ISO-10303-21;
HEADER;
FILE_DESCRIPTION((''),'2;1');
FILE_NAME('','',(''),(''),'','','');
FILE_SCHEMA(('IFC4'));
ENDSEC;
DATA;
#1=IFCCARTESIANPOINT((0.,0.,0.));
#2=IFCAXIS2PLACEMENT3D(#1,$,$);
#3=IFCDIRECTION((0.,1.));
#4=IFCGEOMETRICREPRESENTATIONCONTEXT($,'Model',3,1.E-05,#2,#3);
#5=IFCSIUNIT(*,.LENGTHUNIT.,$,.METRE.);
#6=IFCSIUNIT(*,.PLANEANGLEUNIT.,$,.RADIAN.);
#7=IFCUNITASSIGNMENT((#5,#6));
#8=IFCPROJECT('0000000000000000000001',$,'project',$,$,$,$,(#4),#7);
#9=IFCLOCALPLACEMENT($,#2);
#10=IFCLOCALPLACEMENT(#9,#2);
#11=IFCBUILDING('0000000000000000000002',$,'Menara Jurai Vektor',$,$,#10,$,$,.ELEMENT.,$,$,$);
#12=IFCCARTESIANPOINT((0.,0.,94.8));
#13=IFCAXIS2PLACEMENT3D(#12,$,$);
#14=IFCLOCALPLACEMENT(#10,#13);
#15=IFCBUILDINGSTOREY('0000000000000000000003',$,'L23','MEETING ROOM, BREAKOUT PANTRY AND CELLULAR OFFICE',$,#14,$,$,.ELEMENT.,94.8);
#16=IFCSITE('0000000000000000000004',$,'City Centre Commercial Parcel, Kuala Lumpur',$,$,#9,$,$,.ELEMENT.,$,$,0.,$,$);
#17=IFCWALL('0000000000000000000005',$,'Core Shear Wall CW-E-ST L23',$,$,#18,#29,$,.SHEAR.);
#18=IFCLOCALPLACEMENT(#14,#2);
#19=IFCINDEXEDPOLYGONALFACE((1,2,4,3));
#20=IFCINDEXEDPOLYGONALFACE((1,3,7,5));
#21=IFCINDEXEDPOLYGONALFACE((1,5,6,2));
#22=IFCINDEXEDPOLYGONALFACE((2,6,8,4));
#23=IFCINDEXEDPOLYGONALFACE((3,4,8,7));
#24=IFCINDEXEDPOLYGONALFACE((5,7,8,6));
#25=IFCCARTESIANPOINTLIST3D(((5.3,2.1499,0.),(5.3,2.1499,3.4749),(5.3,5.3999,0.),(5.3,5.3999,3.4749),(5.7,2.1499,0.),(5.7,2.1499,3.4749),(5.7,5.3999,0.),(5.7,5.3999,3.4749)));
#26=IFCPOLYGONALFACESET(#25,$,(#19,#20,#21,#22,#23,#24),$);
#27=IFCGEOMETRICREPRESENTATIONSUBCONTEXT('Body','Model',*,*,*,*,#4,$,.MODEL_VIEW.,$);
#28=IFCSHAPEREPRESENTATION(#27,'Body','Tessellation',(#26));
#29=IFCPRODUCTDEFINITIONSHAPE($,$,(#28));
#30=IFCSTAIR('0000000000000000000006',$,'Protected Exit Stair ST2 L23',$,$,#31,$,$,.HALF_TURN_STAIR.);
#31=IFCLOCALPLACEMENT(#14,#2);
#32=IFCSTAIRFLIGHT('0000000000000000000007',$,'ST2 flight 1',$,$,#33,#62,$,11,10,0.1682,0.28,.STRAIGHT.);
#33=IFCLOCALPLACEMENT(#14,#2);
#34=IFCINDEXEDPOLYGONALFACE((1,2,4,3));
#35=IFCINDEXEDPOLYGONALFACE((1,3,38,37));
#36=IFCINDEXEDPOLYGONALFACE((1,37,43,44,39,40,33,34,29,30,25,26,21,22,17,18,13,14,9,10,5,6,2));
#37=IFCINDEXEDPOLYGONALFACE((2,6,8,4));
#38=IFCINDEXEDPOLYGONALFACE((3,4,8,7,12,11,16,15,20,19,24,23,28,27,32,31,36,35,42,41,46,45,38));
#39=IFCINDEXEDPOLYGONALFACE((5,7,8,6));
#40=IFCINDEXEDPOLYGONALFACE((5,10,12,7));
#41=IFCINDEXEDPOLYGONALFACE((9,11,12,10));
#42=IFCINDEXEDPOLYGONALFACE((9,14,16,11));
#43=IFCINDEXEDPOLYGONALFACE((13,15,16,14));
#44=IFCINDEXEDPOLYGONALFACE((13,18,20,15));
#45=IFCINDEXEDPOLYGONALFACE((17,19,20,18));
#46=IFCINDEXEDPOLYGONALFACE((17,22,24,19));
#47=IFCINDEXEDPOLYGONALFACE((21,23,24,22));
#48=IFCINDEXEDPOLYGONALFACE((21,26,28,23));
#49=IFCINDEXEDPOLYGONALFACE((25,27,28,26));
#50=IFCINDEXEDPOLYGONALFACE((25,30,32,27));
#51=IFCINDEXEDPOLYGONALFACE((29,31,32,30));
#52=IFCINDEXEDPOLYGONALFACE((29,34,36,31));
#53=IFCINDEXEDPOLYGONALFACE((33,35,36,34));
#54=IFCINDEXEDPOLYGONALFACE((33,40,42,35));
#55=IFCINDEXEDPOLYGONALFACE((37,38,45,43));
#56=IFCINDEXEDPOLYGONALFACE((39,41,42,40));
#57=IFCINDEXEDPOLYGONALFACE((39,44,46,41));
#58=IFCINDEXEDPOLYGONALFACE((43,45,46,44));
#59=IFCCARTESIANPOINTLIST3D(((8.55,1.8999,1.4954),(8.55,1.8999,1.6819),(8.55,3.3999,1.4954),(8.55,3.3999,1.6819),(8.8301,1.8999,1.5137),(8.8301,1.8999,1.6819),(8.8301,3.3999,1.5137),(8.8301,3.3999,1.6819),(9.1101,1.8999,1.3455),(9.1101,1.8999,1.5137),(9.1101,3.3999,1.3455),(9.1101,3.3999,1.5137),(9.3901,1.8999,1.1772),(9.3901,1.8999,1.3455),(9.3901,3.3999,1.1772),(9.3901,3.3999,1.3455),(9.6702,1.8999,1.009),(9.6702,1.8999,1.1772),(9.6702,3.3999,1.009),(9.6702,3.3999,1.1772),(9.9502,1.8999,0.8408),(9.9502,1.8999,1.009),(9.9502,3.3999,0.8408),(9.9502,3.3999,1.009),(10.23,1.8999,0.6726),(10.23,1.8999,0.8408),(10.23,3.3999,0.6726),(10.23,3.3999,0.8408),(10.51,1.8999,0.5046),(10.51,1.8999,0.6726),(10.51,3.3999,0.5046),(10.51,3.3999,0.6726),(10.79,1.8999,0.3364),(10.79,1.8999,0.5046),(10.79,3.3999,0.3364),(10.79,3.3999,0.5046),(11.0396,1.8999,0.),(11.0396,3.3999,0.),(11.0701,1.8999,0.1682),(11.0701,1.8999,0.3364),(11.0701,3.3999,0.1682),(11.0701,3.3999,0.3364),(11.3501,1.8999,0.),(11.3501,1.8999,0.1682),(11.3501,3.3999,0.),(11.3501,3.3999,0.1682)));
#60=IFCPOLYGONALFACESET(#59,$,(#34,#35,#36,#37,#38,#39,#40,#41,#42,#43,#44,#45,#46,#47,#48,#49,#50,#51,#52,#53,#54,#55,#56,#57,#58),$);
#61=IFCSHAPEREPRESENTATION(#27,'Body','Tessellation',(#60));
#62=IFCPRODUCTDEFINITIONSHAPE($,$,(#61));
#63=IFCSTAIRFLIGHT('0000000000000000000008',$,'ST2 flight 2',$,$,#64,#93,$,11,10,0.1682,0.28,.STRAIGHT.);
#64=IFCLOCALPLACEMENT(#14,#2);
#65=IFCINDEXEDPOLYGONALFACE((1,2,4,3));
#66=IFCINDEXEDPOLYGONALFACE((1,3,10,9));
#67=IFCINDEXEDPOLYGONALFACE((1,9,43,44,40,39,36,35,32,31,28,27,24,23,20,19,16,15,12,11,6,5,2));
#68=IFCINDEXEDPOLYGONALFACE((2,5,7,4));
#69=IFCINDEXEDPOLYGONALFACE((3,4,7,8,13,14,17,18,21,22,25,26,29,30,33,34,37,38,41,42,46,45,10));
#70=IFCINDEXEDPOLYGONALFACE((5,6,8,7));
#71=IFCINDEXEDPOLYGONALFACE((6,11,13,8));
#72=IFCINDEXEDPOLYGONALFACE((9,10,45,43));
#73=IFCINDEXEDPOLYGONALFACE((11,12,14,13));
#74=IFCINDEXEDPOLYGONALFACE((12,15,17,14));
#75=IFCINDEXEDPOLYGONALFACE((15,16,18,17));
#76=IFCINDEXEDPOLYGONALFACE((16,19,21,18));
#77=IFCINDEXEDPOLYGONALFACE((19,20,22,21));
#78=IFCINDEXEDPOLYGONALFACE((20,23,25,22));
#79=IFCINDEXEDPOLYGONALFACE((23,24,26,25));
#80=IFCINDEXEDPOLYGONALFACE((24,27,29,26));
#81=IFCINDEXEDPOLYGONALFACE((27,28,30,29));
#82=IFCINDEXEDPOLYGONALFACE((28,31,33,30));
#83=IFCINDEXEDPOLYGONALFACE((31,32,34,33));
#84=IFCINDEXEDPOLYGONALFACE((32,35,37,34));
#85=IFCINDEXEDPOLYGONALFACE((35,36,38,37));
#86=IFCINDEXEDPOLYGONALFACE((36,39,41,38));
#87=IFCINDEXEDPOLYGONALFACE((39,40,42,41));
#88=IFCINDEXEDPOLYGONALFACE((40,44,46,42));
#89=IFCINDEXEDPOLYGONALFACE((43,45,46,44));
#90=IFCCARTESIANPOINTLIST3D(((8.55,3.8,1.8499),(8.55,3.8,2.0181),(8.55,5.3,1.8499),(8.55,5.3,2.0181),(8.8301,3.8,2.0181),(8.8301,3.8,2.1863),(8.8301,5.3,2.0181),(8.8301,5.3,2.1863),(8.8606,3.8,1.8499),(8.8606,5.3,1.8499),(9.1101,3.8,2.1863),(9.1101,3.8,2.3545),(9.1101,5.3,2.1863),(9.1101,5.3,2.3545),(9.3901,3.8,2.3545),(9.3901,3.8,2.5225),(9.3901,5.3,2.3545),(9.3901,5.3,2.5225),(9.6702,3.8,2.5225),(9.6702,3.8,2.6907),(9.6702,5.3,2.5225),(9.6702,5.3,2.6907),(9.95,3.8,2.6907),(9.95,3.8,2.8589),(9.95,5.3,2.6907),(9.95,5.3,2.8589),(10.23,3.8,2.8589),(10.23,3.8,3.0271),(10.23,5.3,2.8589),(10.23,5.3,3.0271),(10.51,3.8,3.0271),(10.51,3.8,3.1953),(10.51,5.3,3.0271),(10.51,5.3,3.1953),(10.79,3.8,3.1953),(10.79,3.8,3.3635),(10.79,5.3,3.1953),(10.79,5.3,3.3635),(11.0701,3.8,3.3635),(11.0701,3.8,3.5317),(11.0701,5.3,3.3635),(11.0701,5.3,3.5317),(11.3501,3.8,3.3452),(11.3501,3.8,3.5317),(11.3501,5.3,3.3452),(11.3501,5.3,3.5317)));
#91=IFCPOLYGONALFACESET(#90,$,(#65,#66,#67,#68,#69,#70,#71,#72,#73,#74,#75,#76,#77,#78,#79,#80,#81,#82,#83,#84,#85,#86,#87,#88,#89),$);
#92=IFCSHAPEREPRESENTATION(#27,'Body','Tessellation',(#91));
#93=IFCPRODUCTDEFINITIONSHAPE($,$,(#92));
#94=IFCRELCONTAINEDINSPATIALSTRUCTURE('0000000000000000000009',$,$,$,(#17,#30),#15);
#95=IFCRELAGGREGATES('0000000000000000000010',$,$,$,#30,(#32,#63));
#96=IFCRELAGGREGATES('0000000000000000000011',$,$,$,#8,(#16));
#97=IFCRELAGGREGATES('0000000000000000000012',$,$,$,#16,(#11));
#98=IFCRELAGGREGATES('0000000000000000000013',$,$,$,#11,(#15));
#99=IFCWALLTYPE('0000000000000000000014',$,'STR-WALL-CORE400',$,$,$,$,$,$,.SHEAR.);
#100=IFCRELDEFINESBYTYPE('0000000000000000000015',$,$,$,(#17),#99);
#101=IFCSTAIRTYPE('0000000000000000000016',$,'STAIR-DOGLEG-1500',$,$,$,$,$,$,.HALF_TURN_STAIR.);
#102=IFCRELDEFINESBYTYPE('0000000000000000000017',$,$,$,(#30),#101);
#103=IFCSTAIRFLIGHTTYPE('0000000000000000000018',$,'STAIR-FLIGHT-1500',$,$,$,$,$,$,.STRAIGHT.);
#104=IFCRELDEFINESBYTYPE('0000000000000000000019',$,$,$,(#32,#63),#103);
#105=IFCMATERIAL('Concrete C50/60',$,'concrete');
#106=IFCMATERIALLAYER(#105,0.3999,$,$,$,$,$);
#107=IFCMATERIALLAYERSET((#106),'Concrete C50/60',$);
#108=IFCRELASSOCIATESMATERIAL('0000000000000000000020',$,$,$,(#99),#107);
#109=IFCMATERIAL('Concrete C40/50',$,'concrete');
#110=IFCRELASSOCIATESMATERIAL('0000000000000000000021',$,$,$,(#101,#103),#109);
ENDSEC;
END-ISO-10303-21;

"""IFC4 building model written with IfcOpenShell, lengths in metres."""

from ifc_helpers import new_model, si_unit, direction, frame, frame_2d, origin, place, context, subcontext, project, spatial, polyline, rectangle, outline, extrude, material, layer, layer_set, type_object, element, aggregate, save


model = new_model("IFC4")

# Units and contexts
model_context = context("Model", 3, precision=1e-05, world=origin(), true_north=direction((0.0, 1.0)))
body_context = subcontext(model_context, "Body", "Model", "MODEL_VIEW")
ifc_project = project(units=[si_unit("LENGTHUNIT", "METRE"), si_unit("PLANEANGLEUNIT", "RADIAN")], contexts=[model_context])

# Site, building, storey
site_placement = place(None, origin())
site = spatial("IfcSite", under=ifc_project, at=site_placement, Name="City Centre Commercial Parcel, Kuala Lumpur", CompositionType="ELEMENT", RefElevation=0.0)
building_placement = place(site_placement, origin())
building = spatial("IfcBuilding", under=site, at=building_placement, Name="Menara Jurai Vektor", CompositionType="ELEMENT")
storey_placement = place(building_placement, frame((0.0, 0.0, 94.8)))
storey = spatial("IfcBuildingStorey", under=building, at=storey_placement, Name="L23", Description="MEETING ROOM, BREAKOUT PANTRY AND CELLULAR OFFICE", CompositionType="ELEMENT", Elevation=94.8)

# Shared definitions
ifc_material_1 = material(Name="Concrete C50/60", Category="concrete")

# Shared definitions
ifc_material_2 = material(Name="Concrete C40/50", Category="concrete")

# Wall
ifc_layer_1 = layer(ifc_material_1, 0.3999)
ifc_layer_set_1 = layer_set([ifc_layer_1], Name="Concrete C50/60")
wall_type_1 = type_object("IfcWallType", Name="STR-WALL-CORE400", PredefinedType="SHEAR", material=ifc_layer_set_1)
wall_1_placement = place(storey_placement, frame((5.5, 2.1499, 0.0), z_axis=(0.0, 0.0, 1.0), x_axis=(0.0, 1.0, 0.0)))
element("IfcWall", 1, at=wall_1_placement, inside=storey, type_object=wall_type_1, Name="Core Shear Wall CW-E-ST L23", PredefinedType="SHEAR", context=body_context, shape_type="SweptSolid", body=[
    extrude(rectangle(XDim=3.25, YDim=0.3999, at=frame_2d((1.625, 0.0))), origin(), (0.0, 0.0, 1.0), 3.4749),
])

# Stair, stair flights
stair_type = type_object("IfcStairType", Name="STAIR-DOGLEG-1500", PredefinedType="HALF_TURN_STAIR", material=ifc_material_2)
stair_placement = place(storey_placement, origin())
stair = element("IfcStair", 2, at=stair_placement, inside=storey, type_object=stair_type, Name="Protected Exit Stair ST2 L23", PredefinedType="HALF_TURN_STAIR")
stair_flight_type = type_object("IfcStairFlightType", Name="STAIR-FLIGHT-1500", PredefinedType="STRAIGHT", material=ifc_material_2)
stair_flight_1_placement = place(storey_placement, frame((11.3501, 2.6499, 0.0), z_axis=(0.0, 0.0, 1.0), x_axis=(-1.0, 0.0, 0.0)))
stair_flight_1 = element("IfcStairFlight", 3, at=stair_flight_1_placement, type_object=stair_flight_type, Name="ST2 flight 1", NumberOfRisers=11, NumberOfTreads=10, PredefinedType="STRAIGHT", RiserHeight=0.1682, TreadLength=0.28, context=body_context, shape_type="SweptSolid", body=[
    extrude(outline(polyline([(0.0, 0.0), (0.0, 0.1682), (0.28, 0.1682), (0.28, 0.3364), (0.5601, 0.3364), (0.5601, 0.5046), (0.8401, 0.5046), (0.8401, 0.6726), (1.1201, 0.6726), (1.1201, 0.8408), (1.3999, 0.8408), (1.3999, 1.009), (1.6799, 1.009), (1.6799, 1.1772), (1.96, 1.1772), (1.96, 1.3455), (2.24, 1.3455), (2.24, 1.5137), (2.52, 1.5137), (2.52, 1.6819), (2.8, 1.6819), (2.8, 1.8501), (2.8, 1.4954), (0.3105, 0.0), (0.0, 0.0)])), frame((0.0, 0.75, 0.0), z_axis=(0.0, -1.0, 0.0), x_axis=(1.0, 0.0, 0.0)), (0.0, 0.0, 1.0), 1.5),
])
stair_flight_2_placement = place(storey_placement, frame((8.55, 4.55, 1.8499), z_axis=(0.0, 0.0, 1.0), x_axis=(1.0, 0.0, 0.0)))
stair_flight_2 = element("IfcStairFlight", 4, at=stair_flight_2_placement, type_object=stair_flight_type, Name="ST2 flight 2", NumberOfRisers=11, NumberOfTreads=10, PredefinedType="STRAIGHT", RiserHeight=0.1682, TreadLength=0.28, context=body_context, shape_type="SweptSolid", body=[
    extrude(outline(polyline([(0.0, 0.0), (0.0, 0.1682), (0.28, 0.1682), (0.28, 0.3364), (0.5601, 0.3364), (0.5601, 0.5046), (0.8401, 0.5046), (0.8401, 0.6726), (1.1201, 0.6726), (1.1201, 0.8408), (1.3999, 0.8408), (1.3999, 1.009), (1.6799, 1.009), (1.6799, 1.1772), (1.96, 1.1772), (1.96, 1.3455), (2.24, 1.3455), (2.24, 1.5137), (2.52, 1.5137), (2.52, 1.6819), (2.8, 1.6819), (2.8, 1.8501), (2.8, 1.4954), (0.3105, 0.0), (0.0, 0.0)])), frame((0.0, 0.75, 0.0), z_axis=(0.0, -1.0, 0.0), x_axis=(1.0, 0.0, 0.0)), (0.0, 0.0, 1.0), 1.5),
])
aggregate(stair, [stair_flight_1, stair_flight_2])

save(model, "model.ifc")
